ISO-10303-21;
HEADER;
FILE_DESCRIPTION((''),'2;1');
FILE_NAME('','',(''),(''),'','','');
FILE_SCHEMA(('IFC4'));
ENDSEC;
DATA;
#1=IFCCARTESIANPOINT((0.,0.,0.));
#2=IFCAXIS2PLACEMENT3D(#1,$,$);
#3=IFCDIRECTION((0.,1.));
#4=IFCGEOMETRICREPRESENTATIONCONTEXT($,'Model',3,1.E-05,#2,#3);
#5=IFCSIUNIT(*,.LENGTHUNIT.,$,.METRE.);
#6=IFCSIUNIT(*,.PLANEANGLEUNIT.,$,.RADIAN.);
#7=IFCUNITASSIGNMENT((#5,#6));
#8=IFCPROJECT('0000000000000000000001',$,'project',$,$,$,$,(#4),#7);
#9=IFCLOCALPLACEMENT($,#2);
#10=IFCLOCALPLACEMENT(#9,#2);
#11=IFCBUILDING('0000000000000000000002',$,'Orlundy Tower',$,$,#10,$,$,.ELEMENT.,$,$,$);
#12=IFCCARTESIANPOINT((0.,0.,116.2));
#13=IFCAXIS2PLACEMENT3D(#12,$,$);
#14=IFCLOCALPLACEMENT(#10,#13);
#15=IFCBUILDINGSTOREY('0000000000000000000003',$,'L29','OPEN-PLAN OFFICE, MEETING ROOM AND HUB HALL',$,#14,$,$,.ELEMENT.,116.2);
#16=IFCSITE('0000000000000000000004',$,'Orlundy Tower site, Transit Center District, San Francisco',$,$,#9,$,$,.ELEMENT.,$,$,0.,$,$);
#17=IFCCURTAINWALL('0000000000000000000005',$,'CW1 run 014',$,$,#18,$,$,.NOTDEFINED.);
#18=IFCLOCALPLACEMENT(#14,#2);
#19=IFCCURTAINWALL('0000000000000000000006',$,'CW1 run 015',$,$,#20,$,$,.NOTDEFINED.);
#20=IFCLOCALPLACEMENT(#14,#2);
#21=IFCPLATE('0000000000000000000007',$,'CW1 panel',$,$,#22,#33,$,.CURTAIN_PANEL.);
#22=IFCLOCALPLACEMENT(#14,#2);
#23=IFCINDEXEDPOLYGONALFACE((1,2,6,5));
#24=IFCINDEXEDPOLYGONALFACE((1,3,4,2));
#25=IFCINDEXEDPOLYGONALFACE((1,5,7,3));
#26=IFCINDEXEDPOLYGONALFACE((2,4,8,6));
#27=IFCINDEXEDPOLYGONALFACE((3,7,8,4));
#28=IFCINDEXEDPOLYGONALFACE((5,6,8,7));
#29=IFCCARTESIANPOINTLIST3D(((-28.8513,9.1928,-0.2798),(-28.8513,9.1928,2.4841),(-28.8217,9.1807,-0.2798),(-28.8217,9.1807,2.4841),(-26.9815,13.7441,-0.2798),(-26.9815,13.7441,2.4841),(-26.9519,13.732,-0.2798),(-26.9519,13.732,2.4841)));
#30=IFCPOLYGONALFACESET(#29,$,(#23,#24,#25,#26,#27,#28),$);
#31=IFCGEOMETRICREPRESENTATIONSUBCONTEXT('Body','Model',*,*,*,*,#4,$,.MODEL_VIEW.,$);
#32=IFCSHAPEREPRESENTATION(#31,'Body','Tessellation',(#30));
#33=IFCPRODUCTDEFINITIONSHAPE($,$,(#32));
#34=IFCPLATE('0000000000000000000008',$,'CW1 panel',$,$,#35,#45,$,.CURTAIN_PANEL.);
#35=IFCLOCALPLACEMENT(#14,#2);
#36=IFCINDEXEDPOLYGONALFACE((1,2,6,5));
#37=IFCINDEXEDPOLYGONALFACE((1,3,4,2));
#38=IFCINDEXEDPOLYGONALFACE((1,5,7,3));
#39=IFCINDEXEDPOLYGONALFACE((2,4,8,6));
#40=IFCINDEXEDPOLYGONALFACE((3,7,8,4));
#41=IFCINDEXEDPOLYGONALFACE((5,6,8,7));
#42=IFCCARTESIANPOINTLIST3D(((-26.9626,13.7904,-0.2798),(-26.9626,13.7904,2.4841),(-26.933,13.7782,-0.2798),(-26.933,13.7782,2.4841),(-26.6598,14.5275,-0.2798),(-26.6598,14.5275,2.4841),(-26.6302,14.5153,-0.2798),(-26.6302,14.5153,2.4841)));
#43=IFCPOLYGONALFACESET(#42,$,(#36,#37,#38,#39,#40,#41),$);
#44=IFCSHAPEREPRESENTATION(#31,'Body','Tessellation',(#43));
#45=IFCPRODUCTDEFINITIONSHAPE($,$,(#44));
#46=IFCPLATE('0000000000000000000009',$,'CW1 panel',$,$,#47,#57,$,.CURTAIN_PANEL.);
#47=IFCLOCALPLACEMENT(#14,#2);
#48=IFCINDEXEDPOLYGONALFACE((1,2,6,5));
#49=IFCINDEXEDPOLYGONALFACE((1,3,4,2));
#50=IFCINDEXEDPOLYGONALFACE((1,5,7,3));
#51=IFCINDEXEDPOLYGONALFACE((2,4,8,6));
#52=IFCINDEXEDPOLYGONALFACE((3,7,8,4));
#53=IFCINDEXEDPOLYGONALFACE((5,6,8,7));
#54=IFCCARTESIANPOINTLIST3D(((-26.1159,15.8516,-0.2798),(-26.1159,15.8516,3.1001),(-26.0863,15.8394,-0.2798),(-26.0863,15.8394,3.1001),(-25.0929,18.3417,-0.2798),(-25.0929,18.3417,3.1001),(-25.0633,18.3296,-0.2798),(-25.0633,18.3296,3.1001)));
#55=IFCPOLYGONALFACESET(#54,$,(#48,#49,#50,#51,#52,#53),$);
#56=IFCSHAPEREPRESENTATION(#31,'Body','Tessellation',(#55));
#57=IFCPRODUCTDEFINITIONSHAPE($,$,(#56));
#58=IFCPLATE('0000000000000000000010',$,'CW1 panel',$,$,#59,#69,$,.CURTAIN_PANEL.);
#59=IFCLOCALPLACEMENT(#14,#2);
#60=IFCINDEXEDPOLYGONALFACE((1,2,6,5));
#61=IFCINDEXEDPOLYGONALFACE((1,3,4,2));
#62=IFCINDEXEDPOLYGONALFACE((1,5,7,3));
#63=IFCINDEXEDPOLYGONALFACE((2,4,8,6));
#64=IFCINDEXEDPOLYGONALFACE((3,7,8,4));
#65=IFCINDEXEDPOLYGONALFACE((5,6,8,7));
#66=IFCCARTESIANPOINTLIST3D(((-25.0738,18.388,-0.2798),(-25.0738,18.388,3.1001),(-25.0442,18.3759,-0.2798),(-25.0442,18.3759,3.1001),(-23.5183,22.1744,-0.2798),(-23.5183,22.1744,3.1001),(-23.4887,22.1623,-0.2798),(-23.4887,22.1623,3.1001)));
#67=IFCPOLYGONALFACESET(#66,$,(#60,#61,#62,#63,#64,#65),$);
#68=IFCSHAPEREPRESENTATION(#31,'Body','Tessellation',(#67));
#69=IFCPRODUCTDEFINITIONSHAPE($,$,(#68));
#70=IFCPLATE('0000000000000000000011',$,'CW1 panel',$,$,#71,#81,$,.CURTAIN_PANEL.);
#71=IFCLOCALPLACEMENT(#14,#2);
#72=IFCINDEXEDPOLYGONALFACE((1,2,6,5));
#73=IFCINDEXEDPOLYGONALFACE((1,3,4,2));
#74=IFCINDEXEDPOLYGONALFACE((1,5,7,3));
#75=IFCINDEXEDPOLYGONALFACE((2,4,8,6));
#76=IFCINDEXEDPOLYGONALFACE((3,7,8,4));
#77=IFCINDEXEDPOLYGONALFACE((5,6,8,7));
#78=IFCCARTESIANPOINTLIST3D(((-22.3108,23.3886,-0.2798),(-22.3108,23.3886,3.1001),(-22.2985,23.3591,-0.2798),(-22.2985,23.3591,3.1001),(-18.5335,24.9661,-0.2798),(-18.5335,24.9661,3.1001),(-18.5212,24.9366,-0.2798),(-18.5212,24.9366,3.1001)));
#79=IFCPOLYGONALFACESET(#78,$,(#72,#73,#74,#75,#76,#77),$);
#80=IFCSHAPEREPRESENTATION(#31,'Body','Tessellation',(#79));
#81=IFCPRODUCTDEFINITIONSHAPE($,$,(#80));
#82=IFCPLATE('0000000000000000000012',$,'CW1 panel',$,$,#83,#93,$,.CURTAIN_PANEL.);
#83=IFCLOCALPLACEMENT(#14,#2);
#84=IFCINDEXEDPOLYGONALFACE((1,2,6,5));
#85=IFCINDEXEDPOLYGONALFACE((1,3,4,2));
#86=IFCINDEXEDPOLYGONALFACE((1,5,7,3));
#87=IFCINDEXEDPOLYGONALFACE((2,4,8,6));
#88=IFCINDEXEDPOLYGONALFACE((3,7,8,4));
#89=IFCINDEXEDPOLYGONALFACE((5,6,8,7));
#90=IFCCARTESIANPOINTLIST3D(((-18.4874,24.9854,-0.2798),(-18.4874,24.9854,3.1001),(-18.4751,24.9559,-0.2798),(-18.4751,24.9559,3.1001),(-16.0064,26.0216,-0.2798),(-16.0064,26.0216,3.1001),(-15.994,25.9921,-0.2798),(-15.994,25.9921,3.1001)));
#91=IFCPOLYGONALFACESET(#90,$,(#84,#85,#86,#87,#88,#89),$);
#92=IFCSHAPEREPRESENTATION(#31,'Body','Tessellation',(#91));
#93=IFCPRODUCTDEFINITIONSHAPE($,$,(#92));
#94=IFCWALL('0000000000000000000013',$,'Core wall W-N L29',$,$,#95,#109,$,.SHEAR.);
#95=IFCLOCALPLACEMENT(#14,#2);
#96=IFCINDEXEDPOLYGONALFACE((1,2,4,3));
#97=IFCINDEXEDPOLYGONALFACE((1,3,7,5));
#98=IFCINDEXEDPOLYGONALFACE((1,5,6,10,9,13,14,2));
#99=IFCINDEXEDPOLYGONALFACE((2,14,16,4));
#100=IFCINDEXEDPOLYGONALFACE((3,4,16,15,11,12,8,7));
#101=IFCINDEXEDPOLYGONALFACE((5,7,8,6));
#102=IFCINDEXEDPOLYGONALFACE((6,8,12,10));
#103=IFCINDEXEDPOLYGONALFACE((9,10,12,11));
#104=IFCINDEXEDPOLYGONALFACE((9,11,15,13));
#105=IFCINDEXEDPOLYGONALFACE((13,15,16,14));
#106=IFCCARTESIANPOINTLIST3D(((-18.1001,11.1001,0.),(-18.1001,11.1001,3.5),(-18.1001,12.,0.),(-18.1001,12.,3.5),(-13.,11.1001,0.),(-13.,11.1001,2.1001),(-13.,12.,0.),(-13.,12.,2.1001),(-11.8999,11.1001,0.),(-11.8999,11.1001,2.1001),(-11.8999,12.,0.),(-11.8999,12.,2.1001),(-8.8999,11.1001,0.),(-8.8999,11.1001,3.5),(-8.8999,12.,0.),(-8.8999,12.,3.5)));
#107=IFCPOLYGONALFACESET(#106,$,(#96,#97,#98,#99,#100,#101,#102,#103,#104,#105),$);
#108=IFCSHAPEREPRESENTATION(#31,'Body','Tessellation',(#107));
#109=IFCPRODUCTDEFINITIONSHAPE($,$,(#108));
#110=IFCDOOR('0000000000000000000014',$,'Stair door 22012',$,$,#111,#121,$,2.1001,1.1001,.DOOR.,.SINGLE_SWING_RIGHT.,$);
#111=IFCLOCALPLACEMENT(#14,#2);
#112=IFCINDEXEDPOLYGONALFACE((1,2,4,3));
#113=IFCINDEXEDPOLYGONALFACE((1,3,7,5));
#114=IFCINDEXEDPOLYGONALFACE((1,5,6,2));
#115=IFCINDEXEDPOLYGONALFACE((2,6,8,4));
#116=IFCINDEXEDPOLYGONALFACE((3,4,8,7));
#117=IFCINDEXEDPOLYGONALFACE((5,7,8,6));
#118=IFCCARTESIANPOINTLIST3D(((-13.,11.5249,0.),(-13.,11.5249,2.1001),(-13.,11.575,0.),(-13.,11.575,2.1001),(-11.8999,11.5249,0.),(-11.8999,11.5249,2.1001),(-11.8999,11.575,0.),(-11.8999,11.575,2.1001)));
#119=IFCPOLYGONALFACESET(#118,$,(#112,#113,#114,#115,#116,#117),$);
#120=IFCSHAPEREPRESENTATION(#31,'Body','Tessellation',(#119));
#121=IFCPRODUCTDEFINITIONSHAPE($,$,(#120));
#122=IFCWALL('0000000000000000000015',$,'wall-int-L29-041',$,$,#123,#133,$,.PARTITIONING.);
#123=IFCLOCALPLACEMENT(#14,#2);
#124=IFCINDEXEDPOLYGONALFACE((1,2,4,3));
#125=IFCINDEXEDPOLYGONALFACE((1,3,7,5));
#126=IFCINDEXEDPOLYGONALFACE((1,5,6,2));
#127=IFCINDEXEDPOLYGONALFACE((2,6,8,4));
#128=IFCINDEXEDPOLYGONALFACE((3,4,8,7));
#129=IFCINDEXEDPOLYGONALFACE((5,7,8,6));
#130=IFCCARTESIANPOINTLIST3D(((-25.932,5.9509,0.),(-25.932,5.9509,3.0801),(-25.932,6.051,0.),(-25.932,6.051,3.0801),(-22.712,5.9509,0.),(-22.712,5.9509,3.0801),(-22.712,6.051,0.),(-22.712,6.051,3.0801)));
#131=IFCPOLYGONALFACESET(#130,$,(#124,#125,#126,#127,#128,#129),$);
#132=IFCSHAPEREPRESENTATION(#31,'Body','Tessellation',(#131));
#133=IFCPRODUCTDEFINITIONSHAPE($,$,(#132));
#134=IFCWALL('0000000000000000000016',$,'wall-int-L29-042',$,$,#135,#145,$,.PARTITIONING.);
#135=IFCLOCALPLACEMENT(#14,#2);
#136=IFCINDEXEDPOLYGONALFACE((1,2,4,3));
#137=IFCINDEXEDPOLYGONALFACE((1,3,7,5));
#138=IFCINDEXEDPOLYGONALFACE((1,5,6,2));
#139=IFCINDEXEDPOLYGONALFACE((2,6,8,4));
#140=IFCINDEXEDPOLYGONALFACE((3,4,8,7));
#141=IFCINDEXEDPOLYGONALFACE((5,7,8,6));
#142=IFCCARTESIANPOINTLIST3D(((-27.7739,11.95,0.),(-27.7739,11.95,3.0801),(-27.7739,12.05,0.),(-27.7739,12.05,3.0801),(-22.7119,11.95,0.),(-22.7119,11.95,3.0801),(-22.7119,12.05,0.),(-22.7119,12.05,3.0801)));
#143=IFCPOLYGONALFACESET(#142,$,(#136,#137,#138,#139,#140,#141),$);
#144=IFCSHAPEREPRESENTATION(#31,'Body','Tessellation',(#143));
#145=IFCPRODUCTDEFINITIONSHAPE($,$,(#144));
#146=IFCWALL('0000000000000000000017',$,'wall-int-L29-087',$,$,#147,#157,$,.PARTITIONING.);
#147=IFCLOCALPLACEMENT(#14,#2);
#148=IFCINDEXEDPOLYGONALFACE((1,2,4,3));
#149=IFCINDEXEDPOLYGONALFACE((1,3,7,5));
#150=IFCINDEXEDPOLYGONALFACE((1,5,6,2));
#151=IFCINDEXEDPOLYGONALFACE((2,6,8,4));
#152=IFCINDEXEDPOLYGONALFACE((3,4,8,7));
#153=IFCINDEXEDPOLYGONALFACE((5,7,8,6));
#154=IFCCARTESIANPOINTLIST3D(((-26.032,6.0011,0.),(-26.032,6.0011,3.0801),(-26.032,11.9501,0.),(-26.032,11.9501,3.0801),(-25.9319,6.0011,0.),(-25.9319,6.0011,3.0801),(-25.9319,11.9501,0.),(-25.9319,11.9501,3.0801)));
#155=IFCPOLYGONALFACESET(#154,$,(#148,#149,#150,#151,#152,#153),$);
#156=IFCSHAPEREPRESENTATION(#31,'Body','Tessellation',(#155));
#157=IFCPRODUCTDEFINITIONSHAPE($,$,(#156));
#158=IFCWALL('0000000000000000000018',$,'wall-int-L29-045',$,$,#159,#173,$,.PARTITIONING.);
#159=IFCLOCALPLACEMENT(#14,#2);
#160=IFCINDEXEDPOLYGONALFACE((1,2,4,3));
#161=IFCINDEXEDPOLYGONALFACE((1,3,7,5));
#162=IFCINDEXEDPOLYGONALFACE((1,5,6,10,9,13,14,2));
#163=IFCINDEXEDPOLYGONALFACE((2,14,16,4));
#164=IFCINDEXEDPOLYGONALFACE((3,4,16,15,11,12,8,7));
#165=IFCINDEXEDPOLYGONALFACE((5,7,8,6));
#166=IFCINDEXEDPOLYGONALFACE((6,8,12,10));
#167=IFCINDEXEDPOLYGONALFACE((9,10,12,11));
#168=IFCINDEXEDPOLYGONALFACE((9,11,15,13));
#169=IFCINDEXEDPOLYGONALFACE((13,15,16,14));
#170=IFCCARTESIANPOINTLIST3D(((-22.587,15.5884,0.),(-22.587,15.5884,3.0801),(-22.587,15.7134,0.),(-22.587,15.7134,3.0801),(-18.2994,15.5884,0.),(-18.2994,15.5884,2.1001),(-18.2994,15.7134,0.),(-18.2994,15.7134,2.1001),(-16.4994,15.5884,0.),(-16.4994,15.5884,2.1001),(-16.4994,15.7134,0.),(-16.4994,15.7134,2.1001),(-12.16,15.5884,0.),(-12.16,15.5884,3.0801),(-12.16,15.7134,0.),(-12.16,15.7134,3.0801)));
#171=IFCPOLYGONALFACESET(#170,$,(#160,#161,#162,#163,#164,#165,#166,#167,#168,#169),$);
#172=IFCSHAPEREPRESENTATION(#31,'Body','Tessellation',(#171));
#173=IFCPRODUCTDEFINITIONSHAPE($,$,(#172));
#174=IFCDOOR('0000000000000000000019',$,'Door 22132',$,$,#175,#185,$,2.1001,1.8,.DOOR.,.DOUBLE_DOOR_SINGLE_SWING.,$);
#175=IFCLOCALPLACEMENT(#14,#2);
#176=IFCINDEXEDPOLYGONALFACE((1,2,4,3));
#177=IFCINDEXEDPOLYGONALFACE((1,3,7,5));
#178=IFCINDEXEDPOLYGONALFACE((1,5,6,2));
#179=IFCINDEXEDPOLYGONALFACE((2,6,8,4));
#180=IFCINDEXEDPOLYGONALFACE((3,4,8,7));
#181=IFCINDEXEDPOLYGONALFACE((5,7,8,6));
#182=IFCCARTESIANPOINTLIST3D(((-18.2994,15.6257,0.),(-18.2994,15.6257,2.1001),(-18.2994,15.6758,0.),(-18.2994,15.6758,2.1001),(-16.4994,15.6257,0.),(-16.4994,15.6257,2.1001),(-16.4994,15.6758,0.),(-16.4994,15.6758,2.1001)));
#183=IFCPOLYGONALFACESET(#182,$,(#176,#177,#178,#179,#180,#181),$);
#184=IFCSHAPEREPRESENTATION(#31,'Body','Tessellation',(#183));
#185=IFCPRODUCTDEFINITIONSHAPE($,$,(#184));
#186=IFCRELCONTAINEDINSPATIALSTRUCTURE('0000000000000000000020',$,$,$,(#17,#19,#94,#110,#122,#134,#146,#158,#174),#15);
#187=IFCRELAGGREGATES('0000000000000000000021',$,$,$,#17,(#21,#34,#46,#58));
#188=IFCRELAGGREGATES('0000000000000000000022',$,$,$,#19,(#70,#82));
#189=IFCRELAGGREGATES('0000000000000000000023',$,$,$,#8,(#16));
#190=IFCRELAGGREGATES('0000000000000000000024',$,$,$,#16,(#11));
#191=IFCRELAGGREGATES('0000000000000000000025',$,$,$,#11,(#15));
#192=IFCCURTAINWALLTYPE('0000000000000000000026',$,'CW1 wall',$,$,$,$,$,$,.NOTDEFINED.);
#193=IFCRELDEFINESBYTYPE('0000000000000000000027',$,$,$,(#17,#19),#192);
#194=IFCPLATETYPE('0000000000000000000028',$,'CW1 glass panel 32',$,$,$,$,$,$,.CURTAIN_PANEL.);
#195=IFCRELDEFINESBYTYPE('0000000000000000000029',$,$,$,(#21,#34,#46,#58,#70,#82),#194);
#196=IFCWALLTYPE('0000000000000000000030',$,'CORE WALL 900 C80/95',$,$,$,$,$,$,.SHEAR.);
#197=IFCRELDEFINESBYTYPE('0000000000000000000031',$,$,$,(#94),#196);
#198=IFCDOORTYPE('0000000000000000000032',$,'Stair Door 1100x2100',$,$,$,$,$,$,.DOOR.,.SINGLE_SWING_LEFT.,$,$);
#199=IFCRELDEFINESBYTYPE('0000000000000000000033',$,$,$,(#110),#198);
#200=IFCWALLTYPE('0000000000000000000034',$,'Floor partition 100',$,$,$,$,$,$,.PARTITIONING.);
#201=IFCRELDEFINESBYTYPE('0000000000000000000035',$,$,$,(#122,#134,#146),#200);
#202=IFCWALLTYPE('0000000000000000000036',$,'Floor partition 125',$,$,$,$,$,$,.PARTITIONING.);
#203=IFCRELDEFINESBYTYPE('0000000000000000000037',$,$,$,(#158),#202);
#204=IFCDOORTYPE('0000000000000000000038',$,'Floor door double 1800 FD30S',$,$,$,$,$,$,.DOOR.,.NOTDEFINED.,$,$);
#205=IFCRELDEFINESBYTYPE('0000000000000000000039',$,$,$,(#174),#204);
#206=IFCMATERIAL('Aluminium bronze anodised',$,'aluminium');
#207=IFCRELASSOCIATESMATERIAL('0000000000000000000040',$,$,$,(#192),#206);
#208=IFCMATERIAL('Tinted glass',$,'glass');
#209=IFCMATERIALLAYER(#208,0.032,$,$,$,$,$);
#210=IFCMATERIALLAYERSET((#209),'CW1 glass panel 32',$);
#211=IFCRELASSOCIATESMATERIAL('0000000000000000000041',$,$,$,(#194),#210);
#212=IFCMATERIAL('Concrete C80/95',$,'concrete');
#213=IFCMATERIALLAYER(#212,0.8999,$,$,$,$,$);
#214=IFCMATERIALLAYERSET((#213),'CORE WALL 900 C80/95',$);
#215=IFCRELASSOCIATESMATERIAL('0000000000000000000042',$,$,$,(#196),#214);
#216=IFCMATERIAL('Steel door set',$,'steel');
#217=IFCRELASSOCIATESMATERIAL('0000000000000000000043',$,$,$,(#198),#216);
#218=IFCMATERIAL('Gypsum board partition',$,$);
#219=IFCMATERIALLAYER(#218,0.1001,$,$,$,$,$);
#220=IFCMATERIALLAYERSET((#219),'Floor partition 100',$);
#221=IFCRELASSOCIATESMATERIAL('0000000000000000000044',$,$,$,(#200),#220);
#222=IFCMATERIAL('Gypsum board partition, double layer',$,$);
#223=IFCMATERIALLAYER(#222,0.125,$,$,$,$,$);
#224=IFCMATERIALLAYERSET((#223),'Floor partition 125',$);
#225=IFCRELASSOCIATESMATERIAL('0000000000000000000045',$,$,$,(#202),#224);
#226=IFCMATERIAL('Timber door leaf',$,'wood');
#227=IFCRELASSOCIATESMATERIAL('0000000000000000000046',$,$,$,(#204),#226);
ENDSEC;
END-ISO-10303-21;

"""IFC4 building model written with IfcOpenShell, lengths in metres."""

from ifc_helpers import new_model, si_unit, direction, frame, frame_2d, origin, origin_2d, place, context, subcontext, project, spatial, rectangle, extrude, material, layer, layer_set, type_object, element, fill, aggregate, save


model = new_model("IFC4")

# Units and contexts
model_context = context("Model", 3, precision=1e-05, world=origin(), true_north=direction((0.0, 1.0)))
body_context = subcontext(model_context, "Body", "Model", "MODEL_VIEW")
ifc_project = project(units=[si_unit("LENGTHUNIT", "METRE"), si_unit("PLANEANGLEUNIT", "RADIAN")], contexts=[model_context])

# Site, building, storey
site_placement = place(None, origin())
site = spatial("IfcSite", under=ifc_project, at=site_placement, Name="Orlundy Tower site, Transit Center District, San Francisco", CompositionType="ELEMENT", RefElevation=0.0)
building_placement = place(site_placement, origin())
building = spatial("IfcBuilding", under=site, at=building_placement, Name="Orlundy Tower", CompositionType="ELEMENT")
storey_placement = place(building_placement, frame((0.0, 0.0, 116.2)))
storey = spatial("IfcBuildingStorey", under=building, at=storey_placement, Name="L29", Description="OPEN-PLAN OFFICE, MEETING ROOM AND HUB HALL", CompositionType="ELEMENT", Elevation=116.2)

# Curtain wall
ifc_material_1 = material(Name="Aluminium bronze anodised", Category="aluminium")
curtain_wall_type = type_object("IfcCurtainWallType", Name="CW1 wall", PredefinedType="NOTDEFINED", material=ifc_material_1)
curtain_wall_1_placement = place(storey_placement, origin())
curtain_wall_1 = element("IfcCurtainWall", 1, at=curtain_wall_1_placement, inside=storey, type_object=curtain_wall_type, Name="CW1 run 014", PredefinedType="NOTDEFINED")

# Curtain wall
curtain_wall_2_placement = place(storey_placement, origin())
curtain_wall_2 = element("IfcCurtainWall", 2, at=curtain_wall_2_placement, inside=storey, type_object=curtain_wall_type, Name="CW1 run 015", PredefinedType="NOTDEFINED")

# Plates
ifc_material_2 = material(Name="Tinted glass", Category="glass")
ifc_layer_1 = layer(ifc_material_2, 0.032)
ifc_layer_set_1 = layer_set([ifc_layer_1], Name="CW1 glass panel 32")
plate_type = type_object("IfcPlateType", Name="CW1 glass panel 32", PredefinedType="CURTAIN_PANEL", material=ifc_layer_set_1)
plate_1_placement = place(storey_placement, frame((-27.9016, 11.4624, -0.2798), z_axis=(0.0, 0.0, 1.0), x_axis=(0.380005, 0.924984, 0.0)))
plate_1 = element("IfcPlate", 3, at=plate_1_placement, type_object=plate_type, Name="CW1 panel", PredefinedType="CURTAIN_PANEL", context=body_context, shape_type="SweptSolid", body=[
    extrude(rectangle(XDim=4.9204, YDim=0.032, at=origin_2d()), origin(), (0.0, 0.0, 1.0), 2.7639),
])
plate_2_placement = place(storey_placement, frame((-26.7964, 14.1528, -0.2798), z_axis=(0.0, 0.0, 1.0), x_axis=(0.380005, 0.924984, 0.0)))
plate_2 = element("IfcPlate", 4, at=plate_2_placement, type_object=plate_type, Name="CW1 panel", PredefinedType="CURTAIN_PANEL", context=body_context, shape_type="SweptSolid", body=[
    extrude(rectangle(XDim=0.7969, YDim=0.032, at=origin_2d()), origin(), (0.0, 0.0, 1.0), 2.7639),
])
plate_3_placement = place(storey_placement, frame((-25.5896, 17.0906, -0.2798), z_axis=(0.0, 0.0, 1.0), x_axis=(0.380005, 0.924984, 0.0)))
plate_3 = element("IfcPlate", 5, at=plate_3_placement, type_object=plate_type, Name="CW1 panel", PredefinedType="CURTAIN_PANEL", context=body_context, shape_type="SweptSolid", body=[
    extrude(rectangle(XDim=2.6921, YDim=0.032, at=origin_2d()), origin(), (0.0, 0.0, 1.0), 3.3799),
])
plate_4_placement = place(storey_placement, frame((-24.2812, 20.2751, -0.2798), z_axis=(0.0, 0.0, 1.0), x_axis=(0.380005, 0.924984, 0.0)))
plate_4 = element("IfcPlate", 6, at=plate_4_placement, type_object=plate_type, Name="CW1 panel", PredefinedType="CURTAIN_PANEL", context=body_context, shape_type="SweptSolid", body=[
    extrude(rectangle(XDim=4.0935, YDim=0.032, at=origin_2d()), origin(), (0.0, 0.0, 1.0), 3.3799),
])
aggregate(curtain_wall_1, [plate_1, plate_2, plate_3, plate_4])
plate_5_placement = place(storey_placement, frame((-20.416, 24.1626, -0.2798), z_axis=(0.0, 0.0, 1.0), x_axis=(0.92276, 0.385375, 0.0)))
plate_5 = element("IfcPlate", 7, at=plate_5_placement, type_object=plate_type, Name="CW1 panel", PredefinedType="CURTAIN_PANEL", context=body_context, shape_type="SweptSolid", body=[
    extrude(rectangle(XDim=4.0935, YDim=0.032, at=origin_2d()), origin(), (0.0, 0.0, 1.0), 3.3799),
])
plate_6_placement = place(storey_placement, frame((-17.2407, 25.4888, -0.2798), z_axis=(0.0, 0.0, 1.0), x_axis=(0.92276, 0.385375, 0.0)))
plate_6 = element("IfcPlate", 8, at=plate_6_placement, type_object=plate_type, Name="CW1 panel", PredefinedType="CURTAIN_PANEL", context=body_context, shape_type="SweptSolid", body=[
    extrude(rectangle(XDim=2.6887, YDim=0.032, at=origin_2d()), origin(), (0.0, 0.0, 1.0), 3.3799),
])
aggregate(curtain_wall_2, [plate_5, plate_6])

# Wall, opening, door
ifc_material_3 = material(Name="Concrete C80/95", Category="concrete")
ifc_layer_2 = layer(ifc_material_3, 0.8999)
ifc_layer_set_2 = layer_set([ifc_layer_2], Name="CORE WALL 900 C80/95")
wall_type_1 = type_object("IfcWallType", Name="CORE WALL 900 C80/95", PredefinedType="SHEAR", material=ifc_layer_set_2)
wall_1_placement = place(storey_placement, frame((-18.1001, 11.55, 0.0), z_axis=(0.0, 0.0, 1.0), x_axis=(1.0, 0.0, 0.0)))
wall_1 = element("IfcWall", 9, at=wall_1_placement, inside=storey, type_object=wall_type_1, Name="Core wall W-N L29", PredefinedType="SHEAR", context=body_context, shape_type="SweptSolid", body=[
    extrude(rectangle(XDim=9.2002, YDim=0.8999, at=frame_2d((4.6001, 0.0))), origin(), (0.0, 0.0, 1.0), 3.5),
])
opening_1_placement = place(wall_1_placement, frame((5.1001, 0.0, 0.0)))
opening_1 = element("IfcOpeningElement", 10, at=opening_1_placement, cuts=wall_1, PredefinedType="OPENING", context=body_context, shape_type="SweptSolid", body=[
    extrude(rectangle(XDim=1.1001, YDim=2.1001, at=frame_2d((0.55, 1.05))), frame((0.0, 0.46, 0.0), z_axis=(0.0, -1.0, 0.0), x_axis=(1.0, 0.0, 0.0)), (0.0, 0.0, 1.0), 0.9199),
])
ifc_material_4 = material(Name="Steel door set", Category="steel")
door_type_1 = type_object("IfcDoorType", Name="Stair Door 1100x2100", OperationType="SINGLE_SWING_LEFT", PredefinedType="DOOR", material=ifc_material_4)
door_1_placement = place(opening_1_placement, origin())
door_1 = element("IfcDoor", 11, at=door_1_placement, inside=storey, type_object=door_type_1, Name="Stair door 22012", OperationType="SINGLE_SWING_RIGHT", OverallHeight=2.1001, OverallWidth=1.1001, PredefinedType="DOOR", context=body_context, shape_type="SweptSolid", body=[
    extrude(rectangle(XDim=1.1001, YDim=2.1001, at=frame_2d((0.55, 1.05))), frame((0.0, 0.0249, 0.0), z_axis=(0.0, -1.0, 0.0), x_axis=(1.0, 0.0, 0.0)), (0.0, 0.0, 1.0), 0.05),
])
fill(opening_1, door_1)

# Walls
ifc_material_5 = material(Name="Gypsum board partition")
ifc_layer_3 = layer(ifc_material_5, 0.1001)
ifc_layer_set_3 = layer_set([ifc_layer_3], Name="Floor partition 100")
wall_type_2 = type_object("IfcWallType", Name="Floor partition 100", PredefinedType="PARTITIONING", material=ifc_layer_set_3)
wall_2_placement = place(storey_placement, frame((-25.9319, 6.001, 0.0), z_axis=(0.0, 0.0, 1.0), x_axis=(1.0, 0.0, 0.0)))
element("IfcWall", 12, at=wall_2_placement, inside=storey, type_object=wall_type_2, Name="wall-int-L29-041", PredefinedType="PARTITIONING", context=body_context, shape_type="SweptSolid", body=[
    extrude(rectangle(XDim=3.22, YDim=0.1001, at=frame_2d((1.6099, 0.0))), origin(), (0.0, 0.0, 1.0), 3.0801),
])
wall_3_placement = place(storey_placement, frame((-27.7739, 12.0, 0.0), z_axis=(0.0, 0.0, 1.0), x_axis=(1.0, 0.0, 0.0)))
element("IfcWall", 13, at=wall_3_placement, inside=storey, type_object=wall_type_2, Name="wall-int-L29-042", PredefinedType="PARTITIONING", context=body_context, shape_type="SweptSolid", body=[
    extrude(rectangle(XDim=5.062, YDim=0.1001, at=frame_2d((2.531, 0.0))), origin(), (0.0, 0.0, 1.0), 3.0801),
])
wall_4_placement = place(storey_placement, frame((-25.9819, 6.001, 0.0), z_axis=(0.0, 0.0, 1.0), x_axis=(0.0, 1.0, 0.0)))
element("IfcWall", 14, at=wall_4_placement, inside=storey, type_object=wall_type_2, Name="wall-int-L29-087", PredefinedType="PARTITIONING", context=body_context, shape_type="SweptSolid", body=[
    extrude(rectangle(XDim=5.949, YDim=0.1001, at=frame_2d((2.9746, 0.0))), origin(), (0.0, 0.0, 1.0), 3.0801),
])

# Wall, opening, door
ifc_material_6 = material(Name="Gypsum board partition, double layer")
ifc_layer_4 = layer(ifc_material_6, 0.125)
ifc_layer_set_4 = layer_set([ifc_layer_4], Name="Floor partition 125")
wall_type_3 = type_object("IfcWallType", Name="Floor partition 125", PredefinedType="PARTITIONING", material=ifc_layer_set_4)
wall_5_placement = place(storey_placement, frame((-22.5869, 15.6509, 0.0), z_axis=(0.0, 0.0, 1.0), x_axis=(1.0, 0.0, 0.0)))
wall_5 = element("IfcWall", 15, at=wall_5_placement, inside=storey, type_object=wall_type_3, Name="wall-int-L29-045", PredefinedType="PARTITIONING", context=body_context, shape_type="SweptSolid", body=[
    extrude(rectangle(XDim=10.427, YDim=0.125, at=frame_2d((5.2134, 0.0))), origin(), (0.0, 0.0, 1.0), 3.0801),
])
opening_2_placement = place(wall_5_placement, frame((4.2876, 0.0, 0.0)))
opening_2 = element("IfcOpeningElement", 16, at=opening_2_placement, cuts=wall_5, PredefinedType="OPENING", context=body_context, shape_type="SweptSolid", body=[
    extrude(rectangle(XDim=1.8, YDim=2.1001, at=frame_2d((0.8999, 1.05))), frame((0.0, 0.0725, 0.0), z_axis=(0.0, -1.0, 0.0), x_axis=(1.0, 0.0, 0.0)), (0.0, 0.0, 1.0), 0.145),
])
ifc_material_7 = material(Name="Timber door leaf", Category="wood")
door_type_2 = type_object("IfcDoorType", Name="Floor door double 1800 FD30S", OperationType="NOTDEFINED", PredefinedType="DOOR", material=ifc_material_7)
door_2_placement = place(opening_2_placement, origin())
door_2 = element("IfcDoor", 17, at=door_2_placement, inside=storey, type_object=door_type_2, Name="Door 22132", OperationType="DOUBLE_DOOR_SINGLE_SWING", OverallHeight=2.1001, OverallWidth=1.8, PredefinedType="DOOR", context=body_context, shape_type="SweptSolid", body=[
    extrude(rectangle(XDim=1.8, YDim=2.1001, at=frame_2d((0.8999, 1.05))), frame((0.0, 0.0249, 0.0), z_axis=(0.0, -1.0, 0.0), x_axis=(1.0, 0.0, 0.0)), (0.0, 0.0, 1.0), 0.05),
])
fill(opening_2, door_2)

save(model, "model.ifc")
